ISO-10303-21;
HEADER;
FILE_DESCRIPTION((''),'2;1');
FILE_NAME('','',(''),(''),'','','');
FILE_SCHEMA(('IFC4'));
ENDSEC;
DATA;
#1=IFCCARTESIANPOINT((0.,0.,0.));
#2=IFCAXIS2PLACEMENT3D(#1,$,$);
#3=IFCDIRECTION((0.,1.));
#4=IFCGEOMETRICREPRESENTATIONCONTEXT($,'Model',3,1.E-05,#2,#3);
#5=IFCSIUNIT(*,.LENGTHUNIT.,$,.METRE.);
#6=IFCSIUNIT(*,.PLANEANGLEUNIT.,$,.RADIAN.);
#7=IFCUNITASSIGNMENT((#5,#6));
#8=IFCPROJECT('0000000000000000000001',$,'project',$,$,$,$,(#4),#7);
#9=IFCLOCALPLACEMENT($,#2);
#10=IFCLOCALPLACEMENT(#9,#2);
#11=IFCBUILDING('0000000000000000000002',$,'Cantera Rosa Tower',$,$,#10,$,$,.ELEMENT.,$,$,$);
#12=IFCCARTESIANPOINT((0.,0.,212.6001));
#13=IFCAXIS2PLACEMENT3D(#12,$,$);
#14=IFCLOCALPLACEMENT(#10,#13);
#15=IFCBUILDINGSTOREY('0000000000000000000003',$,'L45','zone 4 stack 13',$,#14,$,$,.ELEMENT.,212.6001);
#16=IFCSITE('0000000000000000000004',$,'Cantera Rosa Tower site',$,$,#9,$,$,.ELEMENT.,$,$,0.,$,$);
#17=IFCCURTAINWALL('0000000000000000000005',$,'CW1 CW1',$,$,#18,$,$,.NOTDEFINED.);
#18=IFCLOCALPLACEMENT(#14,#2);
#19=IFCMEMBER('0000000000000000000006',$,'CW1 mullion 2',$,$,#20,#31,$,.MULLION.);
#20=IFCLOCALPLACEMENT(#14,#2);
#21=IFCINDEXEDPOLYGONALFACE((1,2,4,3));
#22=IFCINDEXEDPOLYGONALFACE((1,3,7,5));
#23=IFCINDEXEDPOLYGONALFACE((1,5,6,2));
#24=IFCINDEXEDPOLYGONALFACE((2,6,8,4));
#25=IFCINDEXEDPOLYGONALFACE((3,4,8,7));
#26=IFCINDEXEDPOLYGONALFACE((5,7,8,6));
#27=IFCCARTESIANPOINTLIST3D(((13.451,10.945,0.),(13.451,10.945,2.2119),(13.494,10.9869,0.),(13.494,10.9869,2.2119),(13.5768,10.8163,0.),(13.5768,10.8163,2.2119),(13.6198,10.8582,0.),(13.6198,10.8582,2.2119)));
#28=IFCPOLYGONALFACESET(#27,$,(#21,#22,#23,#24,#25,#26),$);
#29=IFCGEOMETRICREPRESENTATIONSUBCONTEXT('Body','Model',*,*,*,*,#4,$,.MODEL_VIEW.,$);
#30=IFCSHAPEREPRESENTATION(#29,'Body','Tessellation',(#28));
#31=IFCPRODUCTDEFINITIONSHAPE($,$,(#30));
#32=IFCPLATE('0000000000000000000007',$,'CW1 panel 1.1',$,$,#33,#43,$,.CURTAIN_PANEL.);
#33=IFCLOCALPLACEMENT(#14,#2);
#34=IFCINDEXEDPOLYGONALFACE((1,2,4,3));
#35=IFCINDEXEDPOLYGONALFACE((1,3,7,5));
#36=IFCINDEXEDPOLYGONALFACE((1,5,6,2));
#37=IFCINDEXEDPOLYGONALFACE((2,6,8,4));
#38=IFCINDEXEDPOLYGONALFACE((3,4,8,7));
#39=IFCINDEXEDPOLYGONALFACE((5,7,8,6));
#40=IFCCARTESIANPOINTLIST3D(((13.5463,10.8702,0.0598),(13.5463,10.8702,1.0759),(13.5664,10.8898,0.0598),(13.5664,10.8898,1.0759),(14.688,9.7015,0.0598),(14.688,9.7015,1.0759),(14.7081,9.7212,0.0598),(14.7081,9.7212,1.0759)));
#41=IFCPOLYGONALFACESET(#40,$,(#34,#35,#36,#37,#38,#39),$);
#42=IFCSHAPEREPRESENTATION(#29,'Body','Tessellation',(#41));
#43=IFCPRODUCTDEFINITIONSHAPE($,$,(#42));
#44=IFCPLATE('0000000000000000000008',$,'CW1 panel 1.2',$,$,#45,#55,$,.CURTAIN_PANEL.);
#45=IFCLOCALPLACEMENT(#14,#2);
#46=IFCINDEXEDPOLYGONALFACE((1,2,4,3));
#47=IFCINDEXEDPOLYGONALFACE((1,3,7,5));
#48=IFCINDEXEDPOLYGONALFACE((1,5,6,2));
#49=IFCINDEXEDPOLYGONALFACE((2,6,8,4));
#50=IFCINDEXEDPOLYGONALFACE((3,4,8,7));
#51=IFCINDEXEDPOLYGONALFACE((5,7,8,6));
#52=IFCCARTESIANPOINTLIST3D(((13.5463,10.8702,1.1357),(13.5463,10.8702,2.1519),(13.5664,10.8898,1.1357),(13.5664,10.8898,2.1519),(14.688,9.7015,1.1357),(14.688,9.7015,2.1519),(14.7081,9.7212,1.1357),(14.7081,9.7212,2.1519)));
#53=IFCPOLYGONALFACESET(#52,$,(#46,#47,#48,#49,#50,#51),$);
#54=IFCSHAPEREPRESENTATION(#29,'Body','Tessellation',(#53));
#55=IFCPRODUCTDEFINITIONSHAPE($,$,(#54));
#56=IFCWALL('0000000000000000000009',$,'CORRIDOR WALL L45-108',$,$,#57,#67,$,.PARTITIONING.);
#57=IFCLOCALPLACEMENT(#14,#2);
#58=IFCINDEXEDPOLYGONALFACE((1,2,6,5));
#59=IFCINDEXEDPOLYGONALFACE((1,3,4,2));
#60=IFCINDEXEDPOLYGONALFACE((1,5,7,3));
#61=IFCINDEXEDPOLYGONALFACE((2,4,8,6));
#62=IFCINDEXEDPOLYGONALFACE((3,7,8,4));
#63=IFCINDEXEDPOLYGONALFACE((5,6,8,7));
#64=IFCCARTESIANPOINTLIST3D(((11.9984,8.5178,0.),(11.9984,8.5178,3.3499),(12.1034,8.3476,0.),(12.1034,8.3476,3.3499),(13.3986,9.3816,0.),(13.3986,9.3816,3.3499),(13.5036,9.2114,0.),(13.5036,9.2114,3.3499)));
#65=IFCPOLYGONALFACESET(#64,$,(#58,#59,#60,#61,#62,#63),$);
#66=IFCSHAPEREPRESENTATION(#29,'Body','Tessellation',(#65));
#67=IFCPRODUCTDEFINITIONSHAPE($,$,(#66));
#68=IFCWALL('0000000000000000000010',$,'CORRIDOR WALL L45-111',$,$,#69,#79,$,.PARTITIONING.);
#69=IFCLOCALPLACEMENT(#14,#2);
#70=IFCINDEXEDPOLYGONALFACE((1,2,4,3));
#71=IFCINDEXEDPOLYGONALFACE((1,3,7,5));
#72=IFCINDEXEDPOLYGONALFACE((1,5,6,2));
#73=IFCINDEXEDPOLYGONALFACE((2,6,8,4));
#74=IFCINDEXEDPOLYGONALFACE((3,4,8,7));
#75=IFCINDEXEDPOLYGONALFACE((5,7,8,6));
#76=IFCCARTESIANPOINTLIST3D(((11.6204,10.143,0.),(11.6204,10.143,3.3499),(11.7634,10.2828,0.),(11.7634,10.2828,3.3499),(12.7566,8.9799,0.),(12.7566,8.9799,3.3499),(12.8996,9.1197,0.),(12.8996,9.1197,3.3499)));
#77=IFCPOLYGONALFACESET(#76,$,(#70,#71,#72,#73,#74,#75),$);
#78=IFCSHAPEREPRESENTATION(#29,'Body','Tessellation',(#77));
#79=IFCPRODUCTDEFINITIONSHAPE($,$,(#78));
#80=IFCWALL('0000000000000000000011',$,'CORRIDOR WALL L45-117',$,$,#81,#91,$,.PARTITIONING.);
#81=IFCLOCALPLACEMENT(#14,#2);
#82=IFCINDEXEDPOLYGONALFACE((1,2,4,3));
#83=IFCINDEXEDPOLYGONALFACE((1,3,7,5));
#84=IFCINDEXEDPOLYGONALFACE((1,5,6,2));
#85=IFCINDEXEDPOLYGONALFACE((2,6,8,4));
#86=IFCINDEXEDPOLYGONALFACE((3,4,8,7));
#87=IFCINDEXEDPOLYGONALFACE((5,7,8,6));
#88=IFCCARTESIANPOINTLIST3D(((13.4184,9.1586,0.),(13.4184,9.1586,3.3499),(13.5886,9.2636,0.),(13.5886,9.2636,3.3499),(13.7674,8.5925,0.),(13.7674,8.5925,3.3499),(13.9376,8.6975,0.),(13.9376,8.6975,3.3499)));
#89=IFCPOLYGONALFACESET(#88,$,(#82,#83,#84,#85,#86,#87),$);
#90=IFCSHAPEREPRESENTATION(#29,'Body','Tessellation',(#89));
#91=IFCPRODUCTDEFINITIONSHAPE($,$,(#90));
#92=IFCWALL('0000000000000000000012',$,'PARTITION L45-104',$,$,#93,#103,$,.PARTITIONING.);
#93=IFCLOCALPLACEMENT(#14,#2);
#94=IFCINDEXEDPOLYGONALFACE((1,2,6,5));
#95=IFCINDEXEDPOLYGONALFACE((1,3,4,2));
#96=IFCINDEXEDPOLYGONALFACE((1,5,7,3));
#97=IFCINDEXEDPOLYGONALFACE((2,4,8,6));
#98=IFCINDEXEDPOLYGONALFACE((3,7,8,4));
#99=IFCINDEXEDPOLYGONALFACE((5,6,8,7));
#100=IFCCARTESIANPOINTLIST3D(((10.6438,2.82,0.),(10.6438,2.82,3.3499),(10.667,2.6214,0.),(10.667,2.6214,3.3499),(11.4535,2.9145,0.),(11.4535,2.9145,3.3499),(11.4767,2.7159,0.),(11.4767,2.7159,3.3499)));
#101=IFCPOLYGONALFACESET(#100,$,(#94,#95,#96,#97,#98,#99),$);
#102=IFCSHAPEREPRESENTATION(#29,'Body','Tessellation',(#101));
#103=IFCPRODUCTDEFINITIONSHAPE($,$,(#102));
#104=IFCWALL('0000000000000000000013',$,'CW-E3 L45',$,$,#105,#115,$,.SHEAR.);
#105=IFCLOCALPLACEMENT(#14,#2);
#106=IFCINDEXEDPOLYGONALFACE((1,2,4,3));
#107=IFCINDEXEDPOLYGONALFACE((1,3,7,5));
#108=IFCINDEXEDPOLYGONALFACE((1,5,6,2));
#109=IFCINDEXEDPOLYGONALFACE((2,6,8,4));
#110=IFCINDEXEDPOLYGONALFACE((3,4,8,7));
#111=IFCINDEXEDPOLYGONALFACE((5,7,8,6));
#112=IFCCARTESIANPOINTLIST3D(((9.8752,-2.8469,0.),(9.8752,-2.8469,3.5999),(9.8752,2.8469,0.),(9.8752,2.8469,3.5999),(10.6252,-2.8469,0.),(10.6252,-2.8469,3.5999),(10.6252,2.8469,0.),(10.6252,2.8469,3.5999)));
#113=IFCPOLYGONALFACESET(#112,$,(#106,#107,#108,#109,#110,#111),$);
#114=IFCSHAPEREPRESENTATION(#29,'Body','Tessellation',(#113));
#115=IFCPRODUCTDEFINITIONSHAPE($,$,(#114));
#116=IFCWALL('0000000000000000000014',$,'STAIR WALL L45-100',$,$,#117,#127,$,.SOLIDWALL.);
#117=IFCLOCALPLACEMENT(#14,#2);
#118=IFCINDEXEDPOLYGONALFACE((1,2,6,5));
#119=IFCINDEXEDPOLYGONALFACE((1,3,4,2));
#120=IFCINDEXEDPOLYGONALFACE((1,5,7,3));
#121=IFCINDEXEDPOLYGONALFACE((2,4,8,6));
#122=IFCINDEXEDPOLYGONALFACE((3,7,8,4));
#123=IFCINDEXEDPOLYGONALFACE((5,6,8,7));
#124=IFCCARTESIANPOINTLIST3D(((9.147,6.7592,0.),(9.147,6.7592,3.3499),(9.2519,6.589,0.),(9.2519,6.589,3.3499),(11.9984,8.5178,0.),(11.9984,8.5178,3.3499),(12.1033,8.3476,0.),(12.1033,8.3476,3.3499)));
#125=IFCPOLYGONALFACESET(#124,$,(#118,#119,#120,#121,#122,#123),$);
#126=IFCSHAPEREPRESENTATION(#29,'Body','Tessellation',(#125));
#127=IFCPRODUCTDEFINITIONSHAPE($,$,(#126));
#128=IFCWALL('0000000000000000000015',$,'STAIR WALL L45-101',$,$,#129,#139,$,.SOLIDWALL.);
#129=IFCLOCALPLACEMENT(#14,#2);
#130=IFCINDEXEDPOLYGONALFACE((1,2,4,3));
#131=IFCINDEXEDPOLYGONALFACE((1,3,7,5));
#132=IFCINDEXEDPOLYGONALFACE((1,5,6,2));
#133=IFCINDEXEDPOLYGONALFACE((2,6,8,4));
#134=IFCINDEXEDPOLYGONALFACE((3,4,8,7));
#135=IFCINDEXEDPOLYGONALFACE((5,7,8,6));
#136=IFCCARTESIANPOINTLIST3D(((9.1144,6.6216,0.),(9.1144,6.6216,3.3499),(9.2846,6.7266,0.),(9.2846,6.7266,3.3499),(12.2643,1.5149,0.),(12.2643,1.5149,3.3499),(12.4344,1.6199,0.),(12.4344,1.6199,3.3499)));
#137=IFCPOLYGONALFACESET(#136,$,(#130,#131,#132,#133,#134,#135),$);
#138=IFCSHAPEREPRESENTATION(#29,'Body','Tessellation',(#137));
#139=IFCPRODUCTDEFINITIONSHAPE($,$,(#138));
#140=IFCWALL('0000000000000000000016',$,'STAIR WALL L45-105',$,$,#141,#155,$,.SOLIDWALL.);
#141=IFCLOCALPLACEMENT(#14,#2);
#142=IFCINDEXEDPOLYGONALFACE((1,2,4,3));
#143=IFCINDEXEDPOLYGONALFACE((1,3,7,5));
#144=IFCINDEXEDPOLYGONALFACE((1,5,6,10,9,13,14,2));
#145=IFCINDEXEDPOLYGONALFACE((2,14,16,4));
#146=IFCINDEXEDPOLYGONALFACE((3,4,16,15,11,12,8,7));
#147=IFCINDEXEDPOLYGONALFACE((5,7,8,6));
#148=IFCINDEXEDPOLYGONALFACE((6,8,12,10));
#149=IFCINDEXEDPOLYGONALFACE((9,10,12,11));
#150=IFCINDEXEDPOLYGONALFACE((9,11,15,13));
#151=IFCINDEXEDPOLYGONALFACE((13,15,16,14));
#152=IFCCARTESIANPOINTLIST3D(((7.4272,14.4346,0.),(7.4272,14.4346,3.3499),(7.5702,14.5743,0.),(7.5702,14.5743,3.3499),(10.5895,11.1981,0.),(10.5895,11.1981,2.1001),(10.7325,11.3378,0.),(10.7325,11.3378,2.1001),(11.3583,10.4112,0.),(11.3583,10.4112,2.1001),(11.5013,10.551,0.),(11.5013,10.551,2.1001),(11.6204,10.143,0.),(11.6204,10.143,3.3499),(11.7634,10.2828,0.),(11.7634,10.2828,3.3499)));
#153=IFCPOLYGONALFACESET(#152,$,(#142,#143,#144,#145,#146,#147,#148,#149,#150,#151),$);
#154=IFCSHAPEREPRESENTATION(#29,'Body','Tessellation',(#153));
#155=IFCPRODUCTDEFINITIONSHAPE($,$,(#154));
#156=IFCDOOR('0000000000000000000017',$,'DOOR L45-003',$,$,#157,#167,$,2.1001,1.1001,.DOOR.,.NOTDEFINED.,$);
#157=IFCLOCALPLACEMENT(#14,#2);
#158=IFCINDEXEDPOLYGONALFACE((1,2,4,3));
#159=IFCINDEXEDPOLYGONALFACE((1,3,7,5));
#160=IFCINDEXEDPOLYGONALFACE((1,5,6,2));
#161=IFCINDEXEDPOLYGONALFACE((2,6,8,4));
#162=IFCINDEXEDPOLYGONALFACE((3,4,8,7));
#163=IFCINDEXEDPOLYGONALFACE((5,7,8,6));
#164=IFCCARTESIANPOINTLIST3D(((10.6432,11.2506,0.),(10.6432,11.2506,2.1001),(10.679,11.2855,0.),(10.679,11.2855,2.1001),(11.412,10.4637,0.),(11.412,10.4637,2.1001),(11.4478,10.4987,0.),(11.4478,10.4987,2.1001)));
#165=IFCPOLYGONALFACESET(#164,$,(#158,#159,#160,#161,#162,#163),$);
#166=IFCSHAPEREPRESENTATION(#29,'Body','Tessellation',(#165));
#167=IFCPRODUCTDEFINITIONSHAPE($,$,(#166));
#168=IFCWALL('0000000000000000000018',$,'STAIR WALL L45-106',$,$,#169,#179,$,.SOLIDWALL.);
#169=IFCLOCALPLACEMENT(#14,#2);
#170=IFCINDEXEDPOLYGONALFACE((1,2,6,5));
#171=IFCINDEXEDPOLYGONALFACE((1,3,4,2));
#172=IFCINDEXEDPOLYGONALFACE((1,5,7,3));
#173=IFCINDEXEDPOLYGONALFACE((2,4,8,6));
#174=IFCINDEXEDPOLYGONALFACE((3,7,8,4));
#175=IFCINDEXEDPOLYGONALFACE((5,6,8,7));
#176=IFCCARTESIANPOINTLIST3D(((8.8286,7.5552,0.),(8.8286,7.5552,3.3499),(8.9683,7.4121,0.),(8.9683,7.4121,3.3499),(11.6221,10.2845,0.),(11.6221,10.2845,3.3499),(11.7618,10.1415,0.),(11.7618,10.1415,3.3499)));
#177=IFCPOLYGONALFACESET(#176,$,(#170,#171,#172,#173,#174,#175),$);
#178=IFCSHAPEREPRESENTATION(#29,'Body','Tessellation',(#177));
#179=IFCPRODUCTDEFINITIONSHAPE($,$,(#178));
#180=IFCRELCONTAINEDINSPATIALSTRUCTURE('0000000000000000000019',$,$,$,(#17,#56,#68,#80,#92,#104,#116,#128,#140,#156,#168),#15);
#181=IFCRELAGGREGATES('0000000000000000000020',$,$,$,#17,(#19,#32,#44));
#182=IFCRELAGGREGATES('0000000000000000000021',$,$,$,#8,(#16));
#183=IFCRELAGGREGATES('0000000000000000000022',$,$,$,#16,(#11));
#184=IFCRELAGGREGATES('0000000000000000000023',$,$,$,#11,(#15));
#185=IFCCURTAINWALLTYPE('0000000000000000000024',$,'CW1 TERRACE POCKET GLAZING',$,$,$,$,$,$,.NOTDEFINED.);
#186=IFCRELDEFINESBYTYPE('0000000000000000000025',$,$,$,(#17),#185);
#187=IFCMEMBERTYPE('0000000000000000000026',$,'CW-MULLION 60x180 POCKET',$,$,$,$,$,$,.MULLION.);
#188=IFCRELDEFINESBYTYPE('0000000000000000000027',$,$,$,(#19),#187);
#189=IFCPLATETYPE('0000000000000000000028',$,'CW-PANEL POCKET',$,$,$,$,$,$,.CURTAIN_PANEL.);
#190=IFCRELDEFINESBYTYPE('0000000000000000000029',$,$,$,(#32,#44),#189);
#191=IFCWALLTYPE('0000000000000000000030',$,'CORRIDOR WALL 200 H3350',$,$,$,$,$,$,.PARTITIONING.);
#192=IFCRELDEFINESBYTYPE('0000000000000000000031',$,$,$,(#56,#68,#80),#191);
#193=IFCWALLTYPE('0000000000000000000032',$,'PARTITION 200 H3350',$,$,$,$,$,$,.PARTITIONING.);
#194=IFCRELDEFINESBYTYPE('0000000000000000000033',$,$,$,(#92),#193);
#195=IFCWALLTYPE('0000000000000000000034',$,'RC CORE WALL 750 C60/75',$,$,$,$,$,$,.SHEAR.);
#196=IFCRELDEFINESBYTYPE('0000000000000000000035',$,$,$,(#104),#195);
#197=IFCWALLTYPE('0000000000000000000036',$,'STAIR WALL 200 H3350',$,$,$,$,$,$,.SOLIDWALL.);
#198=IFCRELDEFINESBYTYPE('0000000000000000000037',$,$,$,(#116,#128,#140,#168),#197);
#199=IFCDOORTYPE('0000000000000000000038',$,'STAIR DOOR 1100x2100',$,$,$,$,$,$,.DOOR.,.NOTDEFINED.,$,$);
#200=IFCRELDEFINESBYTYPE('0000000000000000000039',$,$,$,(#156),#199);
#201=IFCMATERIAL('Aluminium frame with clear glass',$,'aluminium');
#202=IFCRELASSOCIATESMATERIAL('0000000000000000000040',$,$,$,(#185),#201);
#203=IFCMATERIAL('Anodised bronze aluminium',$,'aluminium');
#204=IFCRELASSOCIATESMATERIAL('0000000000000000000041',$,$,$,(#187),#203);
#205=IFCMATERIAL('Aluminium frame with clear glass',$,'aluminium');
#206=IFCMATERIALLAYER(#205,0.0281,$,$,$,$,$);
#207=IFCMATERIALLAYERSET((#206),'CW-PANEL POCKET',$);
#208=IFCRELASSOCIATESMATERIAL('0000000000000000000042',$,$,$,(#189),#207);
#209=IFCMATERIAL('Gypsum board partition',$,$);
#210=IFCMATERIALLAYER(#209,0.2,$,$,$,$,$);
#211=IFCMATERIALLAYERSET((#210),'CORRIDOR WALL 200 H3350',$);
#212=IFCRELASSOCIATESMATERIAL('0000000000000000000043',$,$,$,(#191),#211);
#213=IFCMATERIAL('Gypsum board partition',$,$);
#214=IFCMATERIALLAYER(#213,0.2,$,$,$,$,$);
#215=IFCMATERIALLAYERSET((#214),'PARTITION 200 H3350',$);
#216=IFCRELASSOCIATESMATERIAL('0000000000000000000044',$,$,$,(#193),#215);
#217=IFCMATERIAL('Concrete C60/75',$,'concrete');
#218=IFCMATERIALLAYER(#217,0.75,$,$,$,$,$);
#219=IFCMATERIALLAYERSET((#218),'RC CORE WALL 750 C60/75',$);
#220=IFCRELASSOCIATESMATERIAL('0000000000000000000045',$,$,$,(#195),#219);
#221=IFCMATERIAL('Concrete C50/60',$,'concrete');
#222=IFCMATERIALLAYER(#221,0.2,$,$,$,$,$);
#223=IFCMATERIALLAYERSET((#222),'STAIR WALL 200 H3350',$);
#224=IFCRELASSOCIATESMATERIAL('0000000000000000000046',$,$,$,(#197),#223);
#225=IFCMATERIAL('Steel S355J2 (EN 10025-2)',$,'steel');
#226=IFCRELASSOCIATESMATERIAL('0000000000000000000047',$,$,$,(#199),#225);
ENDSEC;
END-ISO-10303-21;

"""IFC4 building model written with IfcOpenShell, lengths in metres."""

from ifc_helpers import new_model, si_unit, direction, frame, frame_2d, origin, origin_2d, place, context, subcontext, project, spatial, rectangle, extrude, material, layer, layer_set, material_profile, profile_set, type_object, element, fill, aggregate, save


model = new_model("IFC4")

# Units and contexts
model_context = context("Model", 3, precision=1e-05, world=origin(), true_north=direction((0.0, 1.0)))
body_context = subcontext(model_context, "Body", "Model", "MODEL_VIEW")
ifc_project = project(units=[si_unit("LENGTHUNIT", "METRE"), si_unit("PLANEANGLEUNIT", "RADIAN")], contexts=[model_context])

# Site, building, storey
site_placement = place(None, origin())
site = spatial("IfcSite", under=ifc_project, at=site_placement, Name="Cantera Rosa Tower site", CompositionType="ELEMENT", RefElevation=0.0)
building_placement = place(site_placement, origin())
building = spatial("IfcBuilding", under=site, at=building_placement, Name="Cantera Rosa Tower", CompositionType="ELEMENT")
storey_placement = place(building_placement, frame((0.0, 0.0, 212.6001)))
storey = spatial("IfcBuildingStorey", under=building, at=storey_placement, Name="L45", Description="zone 4 stack 13", CompositionType="ELEMENT", Elevation=212.6001)

# Curtain wall, member, plates
ifc_material_1 = material(Name="Aluminium frame with clear glass", Category="aluminium")
curtain_wall_type = type_object("IfcCurtainWallType", Name="CW1 TERRACE POCKET GLAZING", PredefinedType="NOTDEFINED", material=ifc_material_1)
curtain_wall_placement = place(storey_placement, origin())
curtain_wall = element("IfcCurtainWall", 1, at=curtain_wall_placement, inside=storey, type_object=curtain_wall_type, Name="CW1 CW1", PredefinedType="NOTDEFINED")
ifc_material_2 = material(Name="Anodised bronze aluminium", Category="aluminium")
ifc_material_profile = material_profile(ifc_material_2, rectangle(XDim=0.0601, YDim=0.1799, at=origin_2d()), Name="CW-MULLION 60x180 POCKET")
ifc_profile_set = profile_set([ifc_material_profile], Name="Anodised bronze aluminium")
member_type = type_object("IfcMemberType", Name="CW-MULLION 60x180 POCKET", PredefinedType="MULLION", material=ifc_profile_set)
member_placement = place(storey_placement, frame((13.5354, 10.9016, 0.0), z_axis=(0.0, 0.0, 1.0), x_axis=(-0.715286, -0.698832, 0.0)))
member = element("IfcMember", 2, at=member_placement, type_object=member_type, Name="CW1 mullion 2", PredefinedType="MULLION", context=body_context, shape_type="SweptSolid", body=[
    extrude(rectangle(XDim=0.0601, YDim=0.1799, at=origin_2d()), origin(), (0.0, 0.0, 1.0), 2.2119),
])
ifc_material_3 = material(Name="Aluminium frame with clear glass", Category="aluminium")
ifc_layer_1 = layer(ifc_material_3, 0.0281)
ifc_layer_set_1 = layer_set([ifc_layer_1], Name="CW-PANEL POCKET")
plate_type = type_object("IfcPlateType", Name="CW-PANEL POCKET", PredefinedType="CURTAIN_PANEL", material=ifc_layer_set_1)
plate_1_placement = place(storey_placement, frame((14.1272, 10.2957, 0.0598), z_axis=(0.0, 0.0, 1.0), x_axis=(-0.698832, 0.715286, 0.0)))
plate_1 = element("IfcPlate", 3, at=plate_1_placement, type_object=plate_type, Name="CW1 panel 1.1", PredefinedType="CURTAIN_PANEL", context=body_context, shape_type="SweptSolid", body=[
    extrude(rectangle(XDim=1.6338, YDim=0.0281, at=origin_2d()), origin(), (0.0, 0.0, 1.0), 1.0161),
])
plate_2_placement = place(storey_placement, frame((14.1272, 10.2957, 1.1357), z_axis=(0.0, 0.0, 1.0), x_axis=(-0.698832, 0.715286, 0.0)))
plate_2 = element("IfcPlate", 4, at=plate_2_placement, type_object=plate_type, Name="CW1 panel 1.2", PredefinedType="CURTAIN_PANEL", context=body_context, shape_type="SweptSolid", body=[
    extrude(rectangle(XDim=1.6338, YDim=0.0281, at=origin_2d()), origin(), (0.0, 0.0, 1.0), 1.0161),
])
aggregate(curtain_wall, [member, plate_1, plate_2])

# Walls
ifc_material_4 = material(Name="Gypsum board partition")
ifc_layer_2 = layer(ifc_material_4, 0.2)
ifc_layer_set_2 = layer_set([ifc_layer_2], Name="CORRIDOR WALL 200 H3350")
wall_type_1 = type_object("IfcWallType", Name="CORRIDOR WALL 200 H3350", PredefinedType="PARTITIONING", material=ifc_layer_set_2)
wall_1_placement = place(storey_placement, frame((12.0508, 8.4326, 0.0), z_axis=(0.0, 0.0, 1.0), x_axis=(0.851077, 0.525041, 0.0)))
element("IfcWall", 5, at=wall_1_placement, inside=storey, type_object=wall_type_1, Name="CORRIDOR WALL L45-108", PredefinedType="PARTITIONING", context=body_context, shape_type="SweptSolid", body=[
    extrude(rectangle(XDim=1.6453, YDim=0.2, at=frame_2d((0.8228, 0.0))), origin(), (0.0, 0.0, 1.0), 3.3499),
])
wall_2_placement = place(storey_placement, frame((12.8281, 9.0498, 0.0), z_axis=(0.0, 0.0, 1.0), x_axis=(-0.6988, 0.715317, 0.0)))
element("IfcWall", 6, at=wall_2_placement, inside=storey, type_object=wall_type_1, Name="CORRIDOR WALL L45-111", PredefinedType="PARTITIONING", context=body_context, shape_type="SweptSolid", body=[
    extrude(rectangle(XDim=1.626, YDim=0.2, at=frame_2d((0.813, 0.0))), origin(), (0.0, 0.0, 1.0), 3.3499),
])
wall_3_placement = place(storey_placement, frame((13.8525, 8.645, 0.0), z_axis=(0.0, 0.0, 1.0), x_axis=(-0.524875, 0.851179, 0.0)))
element("IfcWall", 7, at=wall_3_placement, inside=storey, type_object=wall_type_1, Name="CORRIDOR WALL L45-117", PredefinedType="PARTITIONING", context=body_context, shape_type="SweptSolid", body=[
    extrude(rectangle(XDim=0.665, YDim=0.2, at=frame_2d((0.3325, 0.0))), origin(), (0.0, 0.0, 1.0), 3.3499),
])
ifc_material_5 = material(Name="Gypsum board partition")
ifc_layer_3 = layer(ifc_material_5, 0.2)
ifc_layer_set_3 = layer_set([ifc_layer_3], Name="PARTITION 200 H3350")
wall_type_2 = type_object("IfcWallType", Name="PARTITION 200 H3350", PredefinedType="PARTITIONING", material=ifc_layer_set_3)
wall_4_placement = place(storey_placement, frame((10.6553, 2.7207, 0.0), z_axis=(0.0, 0.0, 1.0), x_axis=(0.993259, 0.11592, 0.0)))
element("IfcWall", 8, at=wall_4_placement, inside=storey, type_object=wall_type_2, Name="PARTITION L45-104", PredefinedType="PARTITIONING", context=body_context, shape_type="SweptSolid", body=[
    extrude(rectangle(XDim=0.8152, YDim=0.2, at=frame_2d((0.4077, 0.0))), origin(), (0.0, 0.0, 1.0), 3.3499),
])
ifc_material_6 = material(Name="Concrete C60/75", Category="concrete")
ifc_layer_4 = layer(ifc_material_6, 0.75)
ifc_layer_set_4 = layer_set([ifc_layer_4], Name="RC CORE WALL 750 C60/75")
wall_type_3 = type_object("IfcWallType", Name="RC CORE WALL 750 C60/75", PredefinedType="SHEAR", material=ifc_layer_set_4)
wall_5_placement = place(storey_placement, frame((10.2502, 2.8469, 0.0), z_axis=(0.0, 0.0, 1.0), x_axis=(0.0, -1.0, 0.0)))
element("IfcWall", 9, at=wall_5_placement, inside=storey, type_object=wall_type_3, Name="CW-E3 L45", PredefinedType="SHEAR", context=body_context, shape_type="SweptSolid", body=[
    extrude(rectangle(XDim=5.6938, YDim=0.75, at=frame_2d((2.8469, 0.0))), origin(), (0.0, 0.0, 1.0), 3.5999),
])
ifc_material_7 = material(Name="Concrete C50/60", Category="concrete")
ifc_layer_5 = layer(ifc_material_7, 0.2)
ifc_layer_set_5 = layer_set([ifc_layer_5], Name="STAIR WALL 200 H3350")
wall_type_4 = type_object("IfcWallType", Name="STAIR WALL 200 H3350", PredefinedType="SOLIDWALL", material=ifc_layer_set_5)
wall_6_placement = place(storey_placement, frame((9.1995, 6.6741, 0.0), z_axis=(0.0, 0.0, 1.0), x_axis=(0.85114, 0.524939, 0.0)))
element("IfcWall", 10, at=wall_6_placement, inside=storey, type_object=wall_type_4, Name="STAIR WALL L45-100", PredefinedType="SOLIDWALL", context=body_context, shape_type="SweptSolid", body=[
    extrude(rectangle(XDim=3.3501, YDim=0.2, at=frame_2d((1.675, 0.0))), origin(), (0.0, 0.0, 1.0), 3.3499),
])
wall_7_placement = place(storey_placement, frame((9.1995, 6.6741, 0.0), z_axis=(0.0, 0.0, 1.0), x_axis=(0.524983, -0.851113, 0.0)))
element("IfcWall", 11, at=wall_7_placement, inside=storey, type_object=wall_type_4, Name="STAIR WALL L45-101", PredefinedType="SOLIDWALL", context=body_context, shape_type="SweptSolid", body=[
    extrude(rectangle(XDim=6.0, YDim=0.2, at=frame_2d((3.0, 0.0))), origin(), (0.0, 0.0, 1.0), 3.3499),
])

# Wall, opening, door
wall_8_placement = place(storey_placement, frame((11.6919, 10.2129, 0.0), z_axis=(0.0, 0.0, 1.0), x_axis=(-0.69886, 0.715258, 0.0)))
wall_8 = element("IfcWall", 12, at=wall_8_placement, inside=storey, type_object=wall_type_4, Name="STAIR WALL L45-105", PredefinedType="SOLIDWALL", context=body_context, shape_type="SweptSolid", body=[
    extrude(rectangle(XDim=6.0, YDim=0.2, at=frame_2d((3.0, 0.0))), origin(), (0.0, 0.0, 1.0), 3.3499),
])
opening_1_placement = place(wall_8_placement, frame((0.375, 0.0, 0.0)))
opening_1 = element("IfcOpeningElement", 13, at=opening_1_placement, cuts=wall_8, PredefinedType="OPENING", context=body_context, shape_type="SweptSolid", body=[
    extrude(rectangle(XDim=1.1001, YDim=2.1001, at=frame_2d((0.55, 1.05))), frame((0.0, 0.1099, 0.0), z_axis=(0.0, -1.0, 0.0), x_axis=(1.0, 0.0, 0.0)), (0.0, 0.0, 1.0), 0.22),
])
ifc_material_8 = material(Name="Steel S355J2 (EN 10025-2)", Category="steel")
door_type = type_object("IfcDoorType", Name="STAIR DOOR 1100x2100", OperationType="NOTDEFINED", PredefinedType="DOOR", material=ifc_material_8)
door_1_placement = place(opening_1_placement, origin())
door_1 = element("IfcDoor", 14, at=door_1_placement, inside=storey, type_object=door_type, Name="DOOR L45-003", OperationType="NOTDEFINED", OverallHeight=2.1001, OverallWidth=1.1001, PredefinedType="DOOR", context=body_context, shape_type="SweptSolid", body=[
    extrude(rectangle(XDim=1.1001, YDim=2.1001, at=frame_2d((0.55, 1.05))), frame((0.0, 0.0249, 0.0), z_axis=(0.0, -1.0, 0.0), x_axis=(1.0, 0.0, 0.0)), (0.0, 0.0, 1.0), 0.05),
])
fill(opening_1, door_1)

# Wall
wall_9_placement = place(storey_placement, frame((11.6919, 10.2129, 0.0), z_axis=(0.0, 0.0, 1.0), x_axis=(-0.71528, -0.698838, 0.0)))
element("IfcWall", 15, at=wall_9_placement, inside=storey, type_object=wall_type_4, Name="STAIR WALL L45-106", PredefinedType="SOLIDWALL", context=body_context, shape_type="SweptSolid", body=[
    extrude(rectangle(XDim=3.9055, YDim=0.2, at=frame_2d((1.9526, 0.0))), origin(), (0.0, 0.0, 1.0), 3.3499),
])

save(model, "model.ifc")
